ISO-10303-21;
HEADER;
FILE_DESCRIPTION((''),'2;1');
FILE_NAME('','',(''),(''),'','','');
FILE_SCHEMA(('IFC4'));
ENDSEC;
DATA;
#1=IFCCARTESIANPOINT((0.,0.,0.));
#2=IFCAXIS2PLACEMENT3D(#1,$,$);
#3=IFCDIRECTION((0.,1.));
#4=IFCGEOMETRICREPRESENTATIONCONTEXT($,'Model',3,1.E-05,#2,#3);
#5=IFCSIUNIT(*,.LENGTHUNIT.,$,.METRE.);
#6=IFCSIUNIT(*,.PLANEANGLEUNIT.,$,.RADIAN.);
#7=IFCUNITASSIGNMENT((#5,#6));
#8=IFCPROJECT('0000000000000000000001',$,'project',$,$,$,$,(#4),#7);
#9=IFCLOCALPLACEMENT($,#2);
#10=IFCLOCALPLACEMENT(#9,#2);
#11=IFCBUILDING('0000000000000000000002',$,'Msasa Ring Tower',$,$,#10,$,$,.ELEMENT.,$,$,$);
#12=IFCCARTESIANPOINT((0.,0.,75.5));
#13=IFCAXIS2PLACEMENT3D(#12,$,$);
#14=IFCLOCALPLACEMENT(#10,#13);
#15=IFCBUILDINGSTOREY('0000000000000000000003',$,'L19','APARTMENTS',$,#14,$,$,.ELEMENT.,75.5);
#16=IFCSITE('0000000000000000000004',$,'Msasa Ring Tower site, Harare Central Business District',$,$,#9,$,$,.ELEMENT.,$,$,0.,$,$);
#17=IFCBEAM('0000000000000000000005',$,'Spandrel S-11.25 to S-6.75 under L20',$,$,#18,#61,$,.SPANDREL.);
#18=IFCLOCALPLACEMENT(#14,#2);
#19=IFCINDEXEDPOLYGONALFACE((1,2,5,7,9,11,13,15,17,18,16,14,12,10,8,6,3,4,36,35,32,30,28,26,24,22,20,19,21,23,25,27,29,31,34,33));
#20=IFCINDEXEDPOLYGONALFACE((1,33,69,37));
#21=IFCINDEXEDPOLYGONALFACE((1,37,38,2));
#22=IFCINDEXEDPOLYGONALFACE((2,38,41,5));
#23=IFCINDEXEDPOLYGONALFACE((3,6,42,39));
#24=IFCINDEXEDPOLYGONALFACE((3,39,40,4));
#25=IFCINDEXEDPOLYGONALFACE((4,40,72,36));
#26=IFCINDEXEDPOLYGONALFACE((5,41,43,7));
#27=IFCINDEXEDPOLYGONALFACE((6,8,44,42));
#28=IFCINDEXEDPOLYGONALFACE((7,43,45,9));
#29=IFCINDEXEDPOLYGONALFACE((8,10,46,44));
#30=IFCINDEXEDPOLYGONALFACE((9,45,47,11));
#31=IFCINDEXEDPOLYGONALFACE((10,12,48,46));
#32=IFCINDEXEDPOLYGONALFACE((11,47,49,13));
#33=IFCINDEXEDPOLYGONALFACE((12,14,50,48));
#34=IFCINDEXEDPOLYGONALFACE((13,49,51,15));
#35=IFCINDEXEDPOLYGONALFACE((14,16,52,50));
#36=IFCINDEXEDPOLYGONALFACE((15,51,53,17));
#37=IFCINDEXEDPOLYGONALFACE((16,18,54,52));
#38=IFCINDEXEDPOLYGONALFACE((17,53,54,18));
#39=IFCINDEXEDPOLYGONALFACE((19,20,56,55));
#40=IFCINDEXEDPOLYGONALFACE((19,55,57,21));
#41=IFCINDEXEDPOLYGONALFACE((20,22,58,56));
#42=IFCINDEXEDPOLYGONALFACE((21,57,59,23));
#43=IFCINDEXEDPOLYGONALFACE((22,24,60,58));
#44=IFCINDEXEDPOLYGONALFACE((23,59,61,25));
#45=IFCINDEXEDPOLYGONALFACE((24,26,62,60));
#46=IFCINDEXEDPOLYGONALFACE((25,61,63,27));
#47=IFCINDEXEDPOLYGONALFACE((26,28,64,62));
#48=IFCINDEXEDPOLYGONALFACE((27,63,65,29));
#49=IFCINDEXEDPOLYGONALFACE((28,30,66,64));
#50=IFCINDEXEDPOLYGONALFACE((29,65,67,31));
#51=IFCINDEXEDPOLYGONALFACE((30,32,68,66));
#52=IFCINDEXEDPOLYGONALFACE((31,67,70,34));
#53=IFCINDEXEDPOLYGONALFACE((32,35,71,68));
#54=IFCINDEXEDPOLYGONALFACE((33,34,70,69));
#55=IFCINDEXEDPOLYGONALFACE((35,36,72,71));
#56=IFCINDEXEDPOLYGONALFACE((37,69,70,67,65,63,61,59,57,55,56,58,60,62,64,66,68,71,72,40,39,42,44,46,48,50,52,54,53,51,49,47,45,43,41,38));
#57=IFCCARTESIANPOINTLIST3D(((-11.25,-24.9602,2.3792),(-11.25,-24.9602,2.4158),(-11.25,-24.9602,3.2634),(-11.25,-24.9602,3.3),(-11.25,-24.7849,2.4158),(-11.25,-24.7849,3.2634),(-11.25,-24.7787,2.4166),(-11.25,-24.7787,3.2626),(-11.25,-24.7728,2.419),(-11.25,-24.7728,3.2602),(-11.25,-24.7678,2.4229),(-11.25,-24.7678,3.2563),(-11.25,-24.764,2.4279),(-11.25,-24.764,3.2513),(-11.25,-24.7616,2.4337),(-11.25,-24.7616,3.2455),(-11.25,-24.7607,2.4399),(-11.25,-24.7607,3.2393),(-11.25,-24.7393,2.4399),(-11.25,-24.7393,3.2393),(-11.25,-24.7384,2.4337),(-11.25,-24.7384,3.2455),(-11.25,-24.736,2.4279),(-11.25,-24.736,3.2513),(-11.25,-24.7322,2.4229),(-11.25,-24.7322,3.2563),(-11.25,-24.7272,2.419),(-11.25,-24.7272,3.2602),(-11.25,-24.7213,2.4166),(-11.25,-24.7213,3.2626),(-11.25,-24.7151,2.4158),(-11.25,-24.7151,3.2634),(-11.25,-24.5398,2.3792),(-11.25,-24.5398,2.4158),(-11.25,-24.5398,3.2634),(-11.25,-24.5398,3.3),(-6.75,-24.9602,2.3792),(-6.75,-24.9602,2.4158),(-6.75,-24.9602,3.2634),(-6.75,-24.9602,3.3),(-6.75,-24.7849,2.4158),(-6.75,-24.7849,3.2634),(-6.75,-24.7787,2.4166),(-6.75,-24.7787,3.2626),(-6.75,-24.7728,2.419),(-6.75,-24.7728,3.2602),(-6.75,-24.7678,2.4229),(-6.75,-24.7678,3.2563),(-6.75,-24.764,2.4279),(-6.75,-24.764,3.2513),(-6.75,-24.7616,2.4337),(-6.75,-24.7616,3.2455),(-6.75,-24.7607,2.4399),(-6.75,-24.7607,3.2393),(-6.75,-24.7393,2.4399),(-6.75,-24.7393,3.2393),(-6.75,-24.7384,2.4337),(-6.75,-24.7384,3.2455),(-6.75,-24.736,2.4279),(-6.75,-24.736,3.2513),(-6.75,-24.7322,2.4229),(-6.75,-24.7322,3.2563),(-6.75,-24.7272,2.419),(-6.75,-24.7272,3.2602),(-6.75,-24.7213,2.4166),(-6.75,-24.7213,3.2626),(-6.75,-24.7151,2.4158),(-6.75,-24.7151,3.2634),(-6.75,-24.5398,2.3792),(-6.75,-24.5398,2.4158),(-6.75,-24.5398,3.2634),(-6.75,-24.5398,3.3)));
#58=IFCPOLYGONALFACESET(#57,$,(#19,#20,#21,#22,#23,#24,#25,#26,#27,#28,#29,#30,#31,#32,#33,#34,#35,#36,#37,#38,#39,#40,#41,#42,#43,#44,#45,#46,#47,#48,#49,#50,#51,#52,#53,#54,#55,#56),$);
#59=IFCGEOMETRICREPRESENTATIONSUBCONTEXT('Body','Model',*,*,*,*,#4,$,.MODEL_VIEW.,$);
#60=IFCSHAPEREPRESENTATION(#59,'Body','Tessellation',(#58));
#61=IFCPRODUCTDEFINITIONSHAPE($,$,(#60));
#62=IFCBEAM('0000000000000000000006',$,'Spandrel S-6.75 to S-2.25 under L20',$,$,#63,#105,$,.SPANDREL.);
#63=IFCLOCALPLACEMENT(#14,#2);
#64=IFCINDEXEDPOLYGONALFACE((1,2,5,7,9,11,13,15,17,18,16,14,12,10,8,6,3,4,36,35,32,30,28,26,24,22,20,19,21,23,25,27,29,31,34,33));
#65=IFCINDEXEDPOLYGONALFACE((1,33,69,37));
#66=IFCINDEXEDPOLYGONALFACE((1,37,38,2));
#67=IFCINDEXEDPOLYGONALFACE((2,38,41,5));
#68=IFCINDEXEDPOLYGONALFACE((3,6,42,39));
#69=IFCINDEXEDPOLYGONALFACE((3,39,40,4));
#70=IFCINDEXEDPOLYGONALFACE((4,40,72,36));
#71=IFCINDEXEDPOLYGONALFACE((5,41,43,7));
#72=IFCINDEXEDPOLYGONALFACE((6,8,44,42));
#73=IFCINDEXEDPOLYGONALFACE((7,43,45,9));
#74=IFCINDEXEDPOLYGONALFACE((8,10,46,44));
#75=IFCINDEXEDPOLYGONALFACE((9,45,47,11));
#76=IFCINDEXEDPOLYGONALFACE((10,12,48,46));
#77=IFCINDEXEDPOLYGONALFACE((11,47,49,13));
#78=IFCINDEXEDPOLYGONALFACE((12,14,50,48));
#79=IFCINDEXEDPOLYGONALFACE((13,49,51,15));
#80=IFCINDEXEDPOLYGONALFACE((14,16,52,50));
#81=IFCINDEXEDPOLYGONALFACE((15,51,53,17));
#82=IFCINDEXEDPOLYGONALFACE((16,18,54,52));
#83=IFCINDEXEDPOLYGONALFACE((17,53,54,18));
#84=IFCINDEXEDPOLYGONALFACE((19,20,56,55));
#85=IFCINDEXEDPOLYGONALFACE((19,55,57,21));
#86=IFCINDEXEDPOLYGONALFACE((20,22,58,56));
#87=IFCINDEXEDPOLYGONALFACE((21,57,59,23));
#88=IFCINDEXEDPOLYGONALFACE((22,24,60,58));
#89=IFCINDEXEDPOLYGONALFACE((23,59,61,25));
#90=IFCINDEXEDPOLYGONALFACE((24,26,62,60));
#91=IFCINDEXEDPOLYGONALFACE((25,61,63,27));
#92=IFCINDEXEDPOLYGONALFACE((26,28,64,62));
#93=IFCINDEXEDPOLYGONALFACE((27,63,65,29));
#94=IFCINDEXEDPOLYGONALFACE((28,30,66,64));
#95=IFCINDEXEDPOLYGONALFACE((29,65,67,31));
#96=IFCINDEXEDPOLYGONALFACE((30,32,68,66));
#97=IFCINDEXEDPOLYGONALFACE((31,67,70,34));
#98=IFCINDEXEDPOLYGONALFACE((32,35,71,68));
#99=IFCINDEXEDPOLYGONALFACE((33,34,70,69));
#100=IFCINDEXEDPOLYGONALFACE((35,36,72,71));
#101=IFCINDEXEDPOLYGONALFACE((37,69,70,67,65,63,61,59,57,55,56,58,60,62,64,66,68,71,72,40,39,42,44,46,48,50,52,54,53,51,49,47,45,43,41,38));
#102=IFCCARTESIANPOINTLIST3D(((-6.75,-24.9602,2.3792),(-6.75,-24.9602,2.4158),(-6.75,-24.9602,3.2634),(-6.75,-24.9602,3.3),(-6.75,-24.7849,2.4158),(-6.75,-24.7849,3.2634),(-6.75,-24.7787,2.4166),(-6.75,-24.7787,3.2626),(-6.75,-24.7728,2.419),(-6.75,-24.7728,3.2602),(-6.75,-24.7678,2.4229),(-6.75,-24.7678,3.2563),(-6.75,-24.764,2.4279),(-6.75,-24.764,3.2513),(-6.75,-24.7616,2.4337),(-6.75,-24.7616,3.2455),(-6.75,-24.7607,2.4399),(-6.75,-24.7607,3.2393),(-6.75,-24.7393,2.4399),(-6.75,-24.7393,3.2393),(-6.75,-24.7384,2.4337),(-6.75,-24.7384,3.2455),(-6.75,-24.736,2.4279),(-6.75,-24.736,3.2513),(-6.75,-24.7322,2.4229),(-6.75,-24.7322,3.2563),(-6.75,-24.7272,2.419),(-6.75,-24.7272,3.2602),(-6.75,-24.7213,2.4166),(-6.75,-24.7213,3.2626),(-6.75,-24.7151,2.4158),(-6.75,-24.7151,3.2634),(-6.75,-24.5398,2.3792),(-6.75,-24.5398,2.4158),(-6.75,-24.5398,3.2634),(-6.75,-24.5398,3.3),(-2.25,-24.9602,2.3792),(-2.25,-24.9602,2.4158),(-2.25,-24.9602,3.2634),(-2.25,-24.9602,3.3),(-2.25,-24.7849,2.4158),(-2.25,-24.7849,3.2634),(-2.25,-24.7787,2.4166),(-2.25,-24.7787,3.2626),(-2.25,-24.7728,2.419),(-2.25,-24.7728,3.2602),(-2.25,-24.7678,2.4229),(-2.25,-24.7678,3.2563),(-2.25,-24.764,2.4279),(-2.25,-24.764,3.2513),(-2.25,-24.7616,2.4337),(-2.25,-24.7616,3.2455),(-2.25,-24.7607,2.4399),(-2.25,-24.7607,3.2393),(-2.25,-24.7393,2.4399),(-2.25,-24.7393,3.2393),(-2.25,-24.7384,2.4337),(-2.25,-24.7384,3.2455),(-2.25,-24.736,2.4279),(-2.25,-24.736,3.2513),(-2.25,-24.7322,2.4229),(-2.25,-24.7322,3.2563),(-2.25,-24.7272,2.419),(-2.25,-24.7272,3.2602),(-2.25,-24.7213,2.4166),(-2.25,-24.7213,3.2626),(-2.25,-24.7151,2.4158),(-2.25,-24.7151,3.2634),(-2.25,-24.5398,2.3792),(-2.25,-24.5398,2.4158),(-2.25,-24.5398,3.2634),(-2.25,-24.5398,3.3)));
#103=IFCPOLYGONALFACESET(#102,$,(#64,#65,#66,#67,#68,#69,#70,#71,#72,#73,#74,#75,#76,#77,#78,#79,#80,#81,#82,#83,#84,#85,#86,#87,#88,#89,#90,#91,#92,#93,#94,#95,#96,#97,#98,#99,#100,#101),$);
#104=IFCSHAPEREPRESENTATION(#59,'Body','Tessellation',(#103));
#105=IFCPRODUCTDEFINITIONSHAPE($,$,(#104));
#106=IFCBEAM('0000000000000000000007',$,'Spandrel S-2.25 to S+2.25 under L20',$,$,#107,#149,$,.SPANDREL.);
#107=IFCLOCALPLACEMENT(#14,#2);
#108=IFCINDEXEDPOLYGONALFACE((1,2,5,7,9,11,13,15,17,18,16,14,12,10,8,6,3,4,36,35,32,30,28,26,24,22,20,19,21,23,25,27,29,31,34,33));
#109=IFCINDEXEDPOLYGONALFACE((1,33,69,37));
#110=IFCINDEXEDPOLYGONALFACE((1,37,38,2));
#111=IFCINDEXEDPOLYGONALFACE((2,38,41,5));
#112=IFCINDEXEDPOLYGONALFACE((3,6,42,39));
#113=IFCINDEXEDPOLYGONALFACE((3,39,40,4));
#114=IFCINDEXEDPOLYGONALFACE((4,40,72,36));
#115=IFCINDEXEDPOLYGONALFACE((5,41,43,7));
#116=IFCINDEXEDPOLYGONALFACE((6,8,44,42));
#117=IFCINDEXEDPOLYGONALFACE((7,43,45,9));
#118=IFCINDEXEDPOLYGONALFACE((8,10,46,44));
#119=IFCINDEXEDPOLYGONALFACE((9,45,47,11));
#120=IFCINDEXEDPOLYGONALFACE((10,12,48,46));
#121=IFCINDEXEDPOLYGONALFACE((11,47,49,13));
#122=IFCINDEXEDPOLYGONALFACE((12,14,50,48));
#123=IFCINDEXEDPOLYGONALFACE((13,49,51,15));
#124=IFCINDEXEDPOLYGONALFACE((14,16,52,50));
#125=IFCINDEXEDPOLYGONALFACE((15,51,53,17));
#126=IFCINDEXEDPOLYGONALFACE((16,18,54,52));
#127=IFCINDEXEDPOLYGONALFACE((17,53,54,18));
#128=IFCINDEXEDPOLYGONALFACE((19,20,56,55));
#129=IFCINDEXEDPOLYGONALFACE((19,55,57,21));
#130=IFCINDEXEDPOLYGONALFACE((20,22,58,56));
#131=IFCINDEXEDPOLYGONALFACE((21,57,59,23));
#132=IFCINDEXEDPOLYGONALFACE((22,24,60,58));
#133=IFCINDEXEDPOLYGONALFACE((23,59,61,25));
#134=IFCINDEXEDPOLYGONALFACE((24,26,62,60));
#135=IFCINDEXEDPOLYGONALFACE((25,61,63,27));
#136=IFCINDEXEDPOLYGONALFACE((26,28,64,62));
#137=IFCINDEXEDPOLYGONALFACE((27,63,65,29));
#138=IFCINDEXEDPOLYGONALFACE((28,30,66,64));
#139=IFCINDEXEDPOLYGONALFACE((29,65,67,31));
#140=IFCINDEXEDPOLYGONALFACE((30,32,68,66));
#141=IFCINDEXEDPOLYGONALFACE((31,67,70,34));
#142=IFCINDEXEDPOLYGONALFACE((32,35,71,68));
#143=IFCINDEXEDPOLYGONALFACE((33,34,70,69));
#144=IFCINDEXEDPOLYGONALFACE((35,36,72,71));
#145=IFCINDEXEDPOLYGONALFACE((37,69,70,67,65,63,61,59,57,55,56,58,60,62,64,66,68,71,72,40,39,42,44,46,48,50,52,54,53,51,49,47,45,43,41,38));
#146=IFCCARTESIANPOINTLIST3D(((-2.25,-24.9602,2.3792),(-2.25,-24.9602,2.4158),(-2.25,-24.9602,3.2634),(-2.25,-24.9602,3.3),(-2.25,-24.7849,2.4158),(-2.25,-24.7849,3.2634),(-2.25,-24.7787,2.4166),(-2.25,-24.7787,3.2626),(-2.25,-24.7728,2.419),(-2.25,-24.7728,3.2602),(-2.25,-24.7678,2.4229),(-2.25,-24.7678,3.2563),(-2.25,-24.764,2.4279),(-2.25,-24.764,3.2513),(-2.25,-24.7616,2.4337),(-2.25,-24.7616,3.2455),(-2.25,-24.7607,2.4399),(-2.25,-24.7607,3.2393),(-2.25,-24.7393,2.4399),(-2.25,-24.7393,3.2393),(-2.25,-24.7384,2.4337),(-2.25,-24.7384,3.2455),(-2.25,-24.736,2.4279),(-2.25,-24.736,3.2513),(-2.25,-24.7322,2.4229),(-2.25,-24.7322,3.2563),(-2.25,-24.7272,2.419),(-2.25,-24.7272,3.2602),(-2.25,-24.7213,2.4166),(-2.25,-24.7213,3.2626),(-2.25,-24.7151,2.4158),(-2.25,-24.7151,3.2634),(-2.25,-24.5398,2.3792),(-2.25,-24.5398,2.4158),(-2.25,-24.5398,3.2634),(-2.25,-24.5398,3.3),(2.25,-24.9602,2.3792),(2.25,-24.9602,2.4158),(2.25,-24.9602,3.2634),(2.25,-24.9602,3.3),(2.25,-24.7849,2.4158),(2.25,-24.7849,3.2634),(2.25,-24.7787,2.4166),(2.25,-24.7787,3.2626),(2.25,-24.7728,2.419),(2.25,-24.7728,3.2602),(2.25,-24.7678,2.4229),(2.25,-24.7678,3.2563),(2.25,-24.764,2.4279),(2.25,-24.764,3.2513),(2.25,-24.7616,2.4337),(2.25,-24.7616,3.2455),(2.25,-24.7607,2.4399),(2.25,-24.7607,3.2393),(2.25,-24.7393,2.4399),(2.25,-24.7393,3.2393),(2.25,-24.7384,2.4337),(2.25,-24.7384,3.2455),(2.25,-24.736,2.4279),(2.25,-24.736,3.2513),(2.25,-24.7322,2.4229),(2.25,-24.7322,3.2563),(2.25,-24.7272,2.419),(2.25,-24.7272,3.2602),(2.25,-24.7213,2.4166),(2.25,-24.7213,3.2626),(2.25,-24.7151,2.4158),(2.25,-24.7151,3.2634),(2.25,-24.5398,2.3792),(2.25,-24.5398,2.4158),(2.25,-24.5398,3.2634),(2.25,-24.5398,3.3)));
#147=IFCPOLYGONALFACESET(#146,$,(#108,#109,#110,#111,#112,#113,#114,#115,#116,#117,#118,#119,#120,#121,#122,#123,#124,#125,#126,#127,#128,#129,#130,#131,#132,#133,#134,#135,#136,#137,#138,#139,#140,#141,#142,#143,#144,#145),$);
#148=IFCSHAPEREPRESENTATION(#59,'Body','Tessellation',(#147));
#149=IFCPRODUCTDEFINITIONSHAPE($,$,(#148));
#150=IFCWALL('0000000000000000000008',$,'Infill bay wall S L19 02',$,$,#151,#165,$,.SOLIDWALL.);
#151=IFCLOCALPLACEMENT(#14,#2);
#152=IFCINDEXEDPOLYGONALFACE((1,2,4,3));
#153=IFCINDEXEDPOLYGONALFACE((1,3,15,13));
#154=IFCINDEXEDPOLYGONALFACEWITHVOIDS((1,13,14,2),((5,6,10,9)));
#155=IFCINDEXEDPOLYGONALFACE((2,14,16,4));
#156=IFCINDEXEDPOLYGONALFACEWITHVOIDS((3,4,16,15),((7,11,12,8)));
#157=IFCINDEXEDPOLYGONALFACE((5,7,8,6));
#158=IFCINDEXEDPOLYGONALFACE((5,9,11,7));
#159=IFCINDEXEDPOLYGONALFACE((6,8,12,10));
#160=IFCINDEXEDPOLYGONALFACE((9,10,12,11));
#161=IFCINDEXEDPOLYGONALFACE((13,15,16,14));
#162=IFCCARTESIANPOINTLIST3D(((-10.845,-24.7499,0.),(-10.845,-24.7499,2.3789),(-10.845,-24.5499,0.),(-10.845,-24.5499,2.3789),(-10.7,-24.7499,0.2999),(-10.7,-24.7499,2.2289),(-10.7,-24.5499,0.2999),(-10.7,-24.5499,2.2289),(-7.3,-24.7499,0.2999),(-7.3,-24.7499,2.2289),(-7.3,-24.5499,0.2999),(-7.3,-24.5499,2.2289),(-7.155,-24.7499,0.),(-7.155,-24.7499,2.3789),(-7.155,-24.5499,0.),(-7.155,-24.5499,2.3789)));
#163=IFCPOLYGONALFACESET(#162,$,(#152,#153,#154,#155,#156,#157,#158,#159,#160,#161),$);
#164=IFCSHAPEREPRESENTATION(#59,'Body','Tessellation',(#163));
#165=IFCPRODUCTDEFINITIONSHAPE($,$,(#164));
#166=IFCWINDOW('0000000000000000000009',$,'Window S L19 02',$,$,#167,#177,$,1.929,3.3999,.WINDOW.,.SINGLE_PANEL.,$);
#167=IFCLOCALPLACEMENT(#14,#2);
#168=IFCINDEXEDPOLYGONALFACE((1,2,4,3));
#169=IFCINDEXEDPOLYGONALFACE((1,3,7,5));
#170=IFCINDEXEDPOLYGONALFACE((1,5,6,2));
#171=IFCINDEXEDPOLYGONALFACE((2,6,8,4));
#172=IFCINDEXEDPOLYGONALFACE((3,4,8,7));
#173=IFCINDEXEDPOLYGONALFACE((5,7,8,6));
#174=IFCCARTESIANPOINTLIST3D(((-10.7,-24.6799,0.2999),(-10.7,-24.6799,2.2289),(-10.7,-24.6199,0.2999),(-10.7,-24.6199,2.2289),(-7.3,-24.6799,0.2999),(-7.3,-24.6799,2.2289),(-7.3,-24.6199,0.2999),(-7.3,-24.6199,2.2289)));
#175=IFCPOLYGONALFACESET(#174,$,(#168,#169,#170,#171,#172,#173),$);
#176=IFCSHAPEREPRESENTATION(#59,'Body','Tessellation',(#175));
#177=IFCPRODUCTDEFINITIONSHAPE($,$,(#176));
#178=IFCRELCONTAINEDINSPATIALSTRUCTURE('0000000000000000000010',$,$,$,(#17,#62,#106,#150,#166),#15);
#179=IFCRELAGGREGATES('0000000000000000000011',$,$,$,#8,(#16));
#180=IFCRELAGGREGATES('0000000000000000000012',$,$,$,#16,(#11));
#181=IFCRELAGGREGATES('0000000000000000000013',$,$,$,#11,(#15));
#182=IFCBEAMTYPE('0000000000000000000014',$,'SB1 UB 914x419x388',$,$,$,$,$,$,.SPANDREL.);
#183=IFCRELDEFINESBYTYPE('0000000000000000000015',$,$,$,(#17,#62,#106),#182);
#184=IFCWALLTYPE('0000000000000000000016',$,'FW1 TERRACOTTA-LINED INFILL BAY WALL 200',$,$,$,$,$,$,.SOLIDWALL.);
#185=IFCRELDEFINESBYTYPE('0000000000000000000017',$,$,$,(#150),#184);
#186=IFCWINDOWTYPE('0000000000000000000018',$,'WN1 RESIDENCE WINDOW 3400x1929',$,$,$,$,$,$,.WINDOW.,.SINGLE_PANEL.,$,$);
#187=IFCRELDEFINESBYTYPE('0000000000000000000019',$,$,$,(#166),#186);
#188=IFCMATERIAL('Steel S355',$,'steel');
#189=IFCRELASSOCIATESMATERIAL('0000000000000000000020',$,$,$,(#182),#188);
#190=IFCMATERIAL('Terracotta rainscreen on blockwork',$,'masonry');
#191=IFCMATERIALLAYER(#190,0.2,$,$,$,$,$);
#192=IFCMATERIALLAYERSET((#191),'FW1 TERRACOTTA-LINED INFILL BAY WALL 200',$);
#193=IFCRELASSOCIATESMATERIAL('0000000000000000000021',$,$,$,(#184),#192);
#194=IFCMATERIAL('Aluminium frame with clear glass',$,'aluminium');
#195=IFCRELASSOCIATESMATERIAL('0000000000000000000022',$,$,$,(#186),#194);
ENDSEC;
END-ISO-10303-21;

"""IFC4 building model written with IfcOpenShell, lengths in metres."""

from ifc_helpers import new_model, si_unit, direction, frame, frame_2d, origin, origin_2d, place, context, subcontext, project, spatial, rectangle, i_section, extrude, material, layer, layer_set, material_profile, profile_set, type_object, element, fill, save


model = new_model("IFC4")

# Units and contexts
model_context = context("Model", 3, precision=1e-05, world=origin(), true_north=direction((0.0, 1.0)))
body_context = subcontext(model_context, "Body", "Model", "MODEL_VIEW")
ifc_project = project(units=[si_unit("LENGTHUNIT", "METRE"), si_unit("PLANEANGLEUNIT", "RADIAN")], contexts=[model_context])

# Site, building, storey
site_placement = place(None, origin())
site = spatial("IfcSite", under=ifc_project, at=site_placement, Name="Msasa Ring Tower site, Harare Central Business District", CompositionType="ELEMENT", RefElevation=0.0)
building_placement = place(site_placement, origin())
building = spatial("IfcBuilding", under=site, at=building_placement, Name="Msasa Ring Tower", CompositionType="ELEMENT")
storey_placement = place(building_placement, frame((0.0, 0.0, 75.5)))
storey = spatial("IfcBuildingStorey", under=building, at=storey_placement, Name="L19", Description="APARTMENTS", CompositionType="ELEMENT", Elevation=75.5)

# Beams
ifc_material_1 = material(Name="Steel S355", Category="steel")
ifc_material_profile_1 = material_profile(ifc_material_1, i_section(OverallWidth=0.4204, OverallDepth=0.9209, WebThickness=0.0215, FlangeThickness=0.0366, FilletRadius=0.0242, at=origin_2d()), Name="UB 914x419x388")
ifc_profile_set_1 = profile_set([ifc_material_profile_1], Name="Steel S355")
beam_type_1 = type_object("IfcBeamType", Name="SB1 UB 914x419x388", PredefinedType="SPANDREL", material=ifc_profile_set_1)
for number, where, z_axis, x_axis, name in (
    (1, (-11.25, -24.75, 2.8396), (1.0, 0.0, 0.0), (0.0, 1.0, 0.0), "Spandrel S-11.25 to S-6.75 under L20"),
    (2, (-6.75, -24.75, 2.8396), (1.0, 0.0, 0.0), (0.0, 1.0, 0.0), "Spandrel S-6.75 to S-2.25 under L20"),
    (3, (-2.25, -24.75, 2.8396), (1.0, 0.0, 0.0), (0.0, 1.0, 0.0), "Spandrel S-2.25 to S+2.25 under L20"),
):
    element("IfcBeam", number, at=place(storey_placement, frame(where, z_axis=z_axis, x_axis=x_axis)), inside=storey, type_object=beam_type_1, Name=name, PredefinedType="SPANDREL", context=body_context, shape_type="SweptSolid", body=[
        extrude(i_section(OverallWidth=0.4204, OverallDepth=0.9209, WebThickness=0.0215, FlangeThickness=0.0366, FilletRadius=0.0242, at=origin_2d()), origin(), (0.0, 0.0, 1.0), 4.5),
    ])

# Wall, opening, window
ifc_material_2 = material(Name="Terracotta rainscreen on blockwork", Category="masonry")
ifc_layer_1 = layer(ifc_material_2, 0.2)
ifc_layer_set_1 = layer_set([ifc_layer_1], Name="FW1 TERRACOTTA-LINED INFILL BAY WALL 200")
wall_type_1 = type_object("IfcWallType", Name="FW1 TERRACOTTA-LINED INFILL BAY WALL 200", PredefinedType="SOLIDWALL", material=ifc_layer_set_1)
wall_1_placement = place(storey_placement, frame((-10.845, -24.6499, 0.0), z_axis=(0.0, 0.0, 1.0), x_axis=(1.0, 0.0, 0.0)))
wall_1 = element("IfcWall", 4, at=wall_1_placement, inside=storey, type_object=wall_type_1, Name="Infill bay wall S L19 02", PredefinedType="SOLIDWALL", context=body_context, shape_type="SweptSolid", body=[
    extrude(rectangle(XDim=3.6899, YDim=0.2, at=frame_2d((1.845, 0.0))), origin(), (0.0, 0.0, 1.0), 2.3789),
])
opening_1_placement = place(wall_1_placement, frame((0.145, 0.0, 0.3)))
opening_1 = element("IfcOpeningElement", 5, at=opening_1_placement, cuts=wall_1, PredefinedType="OPENING", context=body_context, shape_type="SweptSolid", body=[
    extrude(rectangle(XDim=3.3999, YDim=1.929, at=frame_2d((1.7, 0.9644))), frame((0.0, 0.1099, 0.0), z_axis=(0.0, -1.0, 0.0), x_axis=(1.0, 0.0, 0.0)), (0.0, 0.0, 1.0), 0.22),
])
ifc_material_3 = material(Name="Aluminium frame with clear glass", Category="aluminium")
window_type = type_object("IfcWindowType", Name="WN1 RESIDENCE WINDOW 3400x1929", PartitioningType="SINGLE_PANEL", PredefinedType="WINDOW", material=ifc_material_3)
window_1_placement = place(opening_1_placement, origin())
window_1 = element("IfcWindow", 6, at=window_1_placement, inside=storey, type_object=window_type, Name="Window S L19 02", OverallHeight=1.929, OverallWidth=3.3999, PartitioningType="SINGLE_PANEL", PredefinedType="WINDOW", context=body_context, shape_type="SweptSolid", body=[
    extrude(rectangle(XDim=3.3999, YDim=1.929, at=frame_2d((1.7, 0.9644))), frame((0.0, 0.03, 0.0), z_axis=(0.0, -1.0, 0.0), x_axis=(1.0, 0.0, 0.0)), (0.0, 0.0, 1.0), 0.0601),
])
fill(opening_1, window_1)

save(model, "model.ifc")
